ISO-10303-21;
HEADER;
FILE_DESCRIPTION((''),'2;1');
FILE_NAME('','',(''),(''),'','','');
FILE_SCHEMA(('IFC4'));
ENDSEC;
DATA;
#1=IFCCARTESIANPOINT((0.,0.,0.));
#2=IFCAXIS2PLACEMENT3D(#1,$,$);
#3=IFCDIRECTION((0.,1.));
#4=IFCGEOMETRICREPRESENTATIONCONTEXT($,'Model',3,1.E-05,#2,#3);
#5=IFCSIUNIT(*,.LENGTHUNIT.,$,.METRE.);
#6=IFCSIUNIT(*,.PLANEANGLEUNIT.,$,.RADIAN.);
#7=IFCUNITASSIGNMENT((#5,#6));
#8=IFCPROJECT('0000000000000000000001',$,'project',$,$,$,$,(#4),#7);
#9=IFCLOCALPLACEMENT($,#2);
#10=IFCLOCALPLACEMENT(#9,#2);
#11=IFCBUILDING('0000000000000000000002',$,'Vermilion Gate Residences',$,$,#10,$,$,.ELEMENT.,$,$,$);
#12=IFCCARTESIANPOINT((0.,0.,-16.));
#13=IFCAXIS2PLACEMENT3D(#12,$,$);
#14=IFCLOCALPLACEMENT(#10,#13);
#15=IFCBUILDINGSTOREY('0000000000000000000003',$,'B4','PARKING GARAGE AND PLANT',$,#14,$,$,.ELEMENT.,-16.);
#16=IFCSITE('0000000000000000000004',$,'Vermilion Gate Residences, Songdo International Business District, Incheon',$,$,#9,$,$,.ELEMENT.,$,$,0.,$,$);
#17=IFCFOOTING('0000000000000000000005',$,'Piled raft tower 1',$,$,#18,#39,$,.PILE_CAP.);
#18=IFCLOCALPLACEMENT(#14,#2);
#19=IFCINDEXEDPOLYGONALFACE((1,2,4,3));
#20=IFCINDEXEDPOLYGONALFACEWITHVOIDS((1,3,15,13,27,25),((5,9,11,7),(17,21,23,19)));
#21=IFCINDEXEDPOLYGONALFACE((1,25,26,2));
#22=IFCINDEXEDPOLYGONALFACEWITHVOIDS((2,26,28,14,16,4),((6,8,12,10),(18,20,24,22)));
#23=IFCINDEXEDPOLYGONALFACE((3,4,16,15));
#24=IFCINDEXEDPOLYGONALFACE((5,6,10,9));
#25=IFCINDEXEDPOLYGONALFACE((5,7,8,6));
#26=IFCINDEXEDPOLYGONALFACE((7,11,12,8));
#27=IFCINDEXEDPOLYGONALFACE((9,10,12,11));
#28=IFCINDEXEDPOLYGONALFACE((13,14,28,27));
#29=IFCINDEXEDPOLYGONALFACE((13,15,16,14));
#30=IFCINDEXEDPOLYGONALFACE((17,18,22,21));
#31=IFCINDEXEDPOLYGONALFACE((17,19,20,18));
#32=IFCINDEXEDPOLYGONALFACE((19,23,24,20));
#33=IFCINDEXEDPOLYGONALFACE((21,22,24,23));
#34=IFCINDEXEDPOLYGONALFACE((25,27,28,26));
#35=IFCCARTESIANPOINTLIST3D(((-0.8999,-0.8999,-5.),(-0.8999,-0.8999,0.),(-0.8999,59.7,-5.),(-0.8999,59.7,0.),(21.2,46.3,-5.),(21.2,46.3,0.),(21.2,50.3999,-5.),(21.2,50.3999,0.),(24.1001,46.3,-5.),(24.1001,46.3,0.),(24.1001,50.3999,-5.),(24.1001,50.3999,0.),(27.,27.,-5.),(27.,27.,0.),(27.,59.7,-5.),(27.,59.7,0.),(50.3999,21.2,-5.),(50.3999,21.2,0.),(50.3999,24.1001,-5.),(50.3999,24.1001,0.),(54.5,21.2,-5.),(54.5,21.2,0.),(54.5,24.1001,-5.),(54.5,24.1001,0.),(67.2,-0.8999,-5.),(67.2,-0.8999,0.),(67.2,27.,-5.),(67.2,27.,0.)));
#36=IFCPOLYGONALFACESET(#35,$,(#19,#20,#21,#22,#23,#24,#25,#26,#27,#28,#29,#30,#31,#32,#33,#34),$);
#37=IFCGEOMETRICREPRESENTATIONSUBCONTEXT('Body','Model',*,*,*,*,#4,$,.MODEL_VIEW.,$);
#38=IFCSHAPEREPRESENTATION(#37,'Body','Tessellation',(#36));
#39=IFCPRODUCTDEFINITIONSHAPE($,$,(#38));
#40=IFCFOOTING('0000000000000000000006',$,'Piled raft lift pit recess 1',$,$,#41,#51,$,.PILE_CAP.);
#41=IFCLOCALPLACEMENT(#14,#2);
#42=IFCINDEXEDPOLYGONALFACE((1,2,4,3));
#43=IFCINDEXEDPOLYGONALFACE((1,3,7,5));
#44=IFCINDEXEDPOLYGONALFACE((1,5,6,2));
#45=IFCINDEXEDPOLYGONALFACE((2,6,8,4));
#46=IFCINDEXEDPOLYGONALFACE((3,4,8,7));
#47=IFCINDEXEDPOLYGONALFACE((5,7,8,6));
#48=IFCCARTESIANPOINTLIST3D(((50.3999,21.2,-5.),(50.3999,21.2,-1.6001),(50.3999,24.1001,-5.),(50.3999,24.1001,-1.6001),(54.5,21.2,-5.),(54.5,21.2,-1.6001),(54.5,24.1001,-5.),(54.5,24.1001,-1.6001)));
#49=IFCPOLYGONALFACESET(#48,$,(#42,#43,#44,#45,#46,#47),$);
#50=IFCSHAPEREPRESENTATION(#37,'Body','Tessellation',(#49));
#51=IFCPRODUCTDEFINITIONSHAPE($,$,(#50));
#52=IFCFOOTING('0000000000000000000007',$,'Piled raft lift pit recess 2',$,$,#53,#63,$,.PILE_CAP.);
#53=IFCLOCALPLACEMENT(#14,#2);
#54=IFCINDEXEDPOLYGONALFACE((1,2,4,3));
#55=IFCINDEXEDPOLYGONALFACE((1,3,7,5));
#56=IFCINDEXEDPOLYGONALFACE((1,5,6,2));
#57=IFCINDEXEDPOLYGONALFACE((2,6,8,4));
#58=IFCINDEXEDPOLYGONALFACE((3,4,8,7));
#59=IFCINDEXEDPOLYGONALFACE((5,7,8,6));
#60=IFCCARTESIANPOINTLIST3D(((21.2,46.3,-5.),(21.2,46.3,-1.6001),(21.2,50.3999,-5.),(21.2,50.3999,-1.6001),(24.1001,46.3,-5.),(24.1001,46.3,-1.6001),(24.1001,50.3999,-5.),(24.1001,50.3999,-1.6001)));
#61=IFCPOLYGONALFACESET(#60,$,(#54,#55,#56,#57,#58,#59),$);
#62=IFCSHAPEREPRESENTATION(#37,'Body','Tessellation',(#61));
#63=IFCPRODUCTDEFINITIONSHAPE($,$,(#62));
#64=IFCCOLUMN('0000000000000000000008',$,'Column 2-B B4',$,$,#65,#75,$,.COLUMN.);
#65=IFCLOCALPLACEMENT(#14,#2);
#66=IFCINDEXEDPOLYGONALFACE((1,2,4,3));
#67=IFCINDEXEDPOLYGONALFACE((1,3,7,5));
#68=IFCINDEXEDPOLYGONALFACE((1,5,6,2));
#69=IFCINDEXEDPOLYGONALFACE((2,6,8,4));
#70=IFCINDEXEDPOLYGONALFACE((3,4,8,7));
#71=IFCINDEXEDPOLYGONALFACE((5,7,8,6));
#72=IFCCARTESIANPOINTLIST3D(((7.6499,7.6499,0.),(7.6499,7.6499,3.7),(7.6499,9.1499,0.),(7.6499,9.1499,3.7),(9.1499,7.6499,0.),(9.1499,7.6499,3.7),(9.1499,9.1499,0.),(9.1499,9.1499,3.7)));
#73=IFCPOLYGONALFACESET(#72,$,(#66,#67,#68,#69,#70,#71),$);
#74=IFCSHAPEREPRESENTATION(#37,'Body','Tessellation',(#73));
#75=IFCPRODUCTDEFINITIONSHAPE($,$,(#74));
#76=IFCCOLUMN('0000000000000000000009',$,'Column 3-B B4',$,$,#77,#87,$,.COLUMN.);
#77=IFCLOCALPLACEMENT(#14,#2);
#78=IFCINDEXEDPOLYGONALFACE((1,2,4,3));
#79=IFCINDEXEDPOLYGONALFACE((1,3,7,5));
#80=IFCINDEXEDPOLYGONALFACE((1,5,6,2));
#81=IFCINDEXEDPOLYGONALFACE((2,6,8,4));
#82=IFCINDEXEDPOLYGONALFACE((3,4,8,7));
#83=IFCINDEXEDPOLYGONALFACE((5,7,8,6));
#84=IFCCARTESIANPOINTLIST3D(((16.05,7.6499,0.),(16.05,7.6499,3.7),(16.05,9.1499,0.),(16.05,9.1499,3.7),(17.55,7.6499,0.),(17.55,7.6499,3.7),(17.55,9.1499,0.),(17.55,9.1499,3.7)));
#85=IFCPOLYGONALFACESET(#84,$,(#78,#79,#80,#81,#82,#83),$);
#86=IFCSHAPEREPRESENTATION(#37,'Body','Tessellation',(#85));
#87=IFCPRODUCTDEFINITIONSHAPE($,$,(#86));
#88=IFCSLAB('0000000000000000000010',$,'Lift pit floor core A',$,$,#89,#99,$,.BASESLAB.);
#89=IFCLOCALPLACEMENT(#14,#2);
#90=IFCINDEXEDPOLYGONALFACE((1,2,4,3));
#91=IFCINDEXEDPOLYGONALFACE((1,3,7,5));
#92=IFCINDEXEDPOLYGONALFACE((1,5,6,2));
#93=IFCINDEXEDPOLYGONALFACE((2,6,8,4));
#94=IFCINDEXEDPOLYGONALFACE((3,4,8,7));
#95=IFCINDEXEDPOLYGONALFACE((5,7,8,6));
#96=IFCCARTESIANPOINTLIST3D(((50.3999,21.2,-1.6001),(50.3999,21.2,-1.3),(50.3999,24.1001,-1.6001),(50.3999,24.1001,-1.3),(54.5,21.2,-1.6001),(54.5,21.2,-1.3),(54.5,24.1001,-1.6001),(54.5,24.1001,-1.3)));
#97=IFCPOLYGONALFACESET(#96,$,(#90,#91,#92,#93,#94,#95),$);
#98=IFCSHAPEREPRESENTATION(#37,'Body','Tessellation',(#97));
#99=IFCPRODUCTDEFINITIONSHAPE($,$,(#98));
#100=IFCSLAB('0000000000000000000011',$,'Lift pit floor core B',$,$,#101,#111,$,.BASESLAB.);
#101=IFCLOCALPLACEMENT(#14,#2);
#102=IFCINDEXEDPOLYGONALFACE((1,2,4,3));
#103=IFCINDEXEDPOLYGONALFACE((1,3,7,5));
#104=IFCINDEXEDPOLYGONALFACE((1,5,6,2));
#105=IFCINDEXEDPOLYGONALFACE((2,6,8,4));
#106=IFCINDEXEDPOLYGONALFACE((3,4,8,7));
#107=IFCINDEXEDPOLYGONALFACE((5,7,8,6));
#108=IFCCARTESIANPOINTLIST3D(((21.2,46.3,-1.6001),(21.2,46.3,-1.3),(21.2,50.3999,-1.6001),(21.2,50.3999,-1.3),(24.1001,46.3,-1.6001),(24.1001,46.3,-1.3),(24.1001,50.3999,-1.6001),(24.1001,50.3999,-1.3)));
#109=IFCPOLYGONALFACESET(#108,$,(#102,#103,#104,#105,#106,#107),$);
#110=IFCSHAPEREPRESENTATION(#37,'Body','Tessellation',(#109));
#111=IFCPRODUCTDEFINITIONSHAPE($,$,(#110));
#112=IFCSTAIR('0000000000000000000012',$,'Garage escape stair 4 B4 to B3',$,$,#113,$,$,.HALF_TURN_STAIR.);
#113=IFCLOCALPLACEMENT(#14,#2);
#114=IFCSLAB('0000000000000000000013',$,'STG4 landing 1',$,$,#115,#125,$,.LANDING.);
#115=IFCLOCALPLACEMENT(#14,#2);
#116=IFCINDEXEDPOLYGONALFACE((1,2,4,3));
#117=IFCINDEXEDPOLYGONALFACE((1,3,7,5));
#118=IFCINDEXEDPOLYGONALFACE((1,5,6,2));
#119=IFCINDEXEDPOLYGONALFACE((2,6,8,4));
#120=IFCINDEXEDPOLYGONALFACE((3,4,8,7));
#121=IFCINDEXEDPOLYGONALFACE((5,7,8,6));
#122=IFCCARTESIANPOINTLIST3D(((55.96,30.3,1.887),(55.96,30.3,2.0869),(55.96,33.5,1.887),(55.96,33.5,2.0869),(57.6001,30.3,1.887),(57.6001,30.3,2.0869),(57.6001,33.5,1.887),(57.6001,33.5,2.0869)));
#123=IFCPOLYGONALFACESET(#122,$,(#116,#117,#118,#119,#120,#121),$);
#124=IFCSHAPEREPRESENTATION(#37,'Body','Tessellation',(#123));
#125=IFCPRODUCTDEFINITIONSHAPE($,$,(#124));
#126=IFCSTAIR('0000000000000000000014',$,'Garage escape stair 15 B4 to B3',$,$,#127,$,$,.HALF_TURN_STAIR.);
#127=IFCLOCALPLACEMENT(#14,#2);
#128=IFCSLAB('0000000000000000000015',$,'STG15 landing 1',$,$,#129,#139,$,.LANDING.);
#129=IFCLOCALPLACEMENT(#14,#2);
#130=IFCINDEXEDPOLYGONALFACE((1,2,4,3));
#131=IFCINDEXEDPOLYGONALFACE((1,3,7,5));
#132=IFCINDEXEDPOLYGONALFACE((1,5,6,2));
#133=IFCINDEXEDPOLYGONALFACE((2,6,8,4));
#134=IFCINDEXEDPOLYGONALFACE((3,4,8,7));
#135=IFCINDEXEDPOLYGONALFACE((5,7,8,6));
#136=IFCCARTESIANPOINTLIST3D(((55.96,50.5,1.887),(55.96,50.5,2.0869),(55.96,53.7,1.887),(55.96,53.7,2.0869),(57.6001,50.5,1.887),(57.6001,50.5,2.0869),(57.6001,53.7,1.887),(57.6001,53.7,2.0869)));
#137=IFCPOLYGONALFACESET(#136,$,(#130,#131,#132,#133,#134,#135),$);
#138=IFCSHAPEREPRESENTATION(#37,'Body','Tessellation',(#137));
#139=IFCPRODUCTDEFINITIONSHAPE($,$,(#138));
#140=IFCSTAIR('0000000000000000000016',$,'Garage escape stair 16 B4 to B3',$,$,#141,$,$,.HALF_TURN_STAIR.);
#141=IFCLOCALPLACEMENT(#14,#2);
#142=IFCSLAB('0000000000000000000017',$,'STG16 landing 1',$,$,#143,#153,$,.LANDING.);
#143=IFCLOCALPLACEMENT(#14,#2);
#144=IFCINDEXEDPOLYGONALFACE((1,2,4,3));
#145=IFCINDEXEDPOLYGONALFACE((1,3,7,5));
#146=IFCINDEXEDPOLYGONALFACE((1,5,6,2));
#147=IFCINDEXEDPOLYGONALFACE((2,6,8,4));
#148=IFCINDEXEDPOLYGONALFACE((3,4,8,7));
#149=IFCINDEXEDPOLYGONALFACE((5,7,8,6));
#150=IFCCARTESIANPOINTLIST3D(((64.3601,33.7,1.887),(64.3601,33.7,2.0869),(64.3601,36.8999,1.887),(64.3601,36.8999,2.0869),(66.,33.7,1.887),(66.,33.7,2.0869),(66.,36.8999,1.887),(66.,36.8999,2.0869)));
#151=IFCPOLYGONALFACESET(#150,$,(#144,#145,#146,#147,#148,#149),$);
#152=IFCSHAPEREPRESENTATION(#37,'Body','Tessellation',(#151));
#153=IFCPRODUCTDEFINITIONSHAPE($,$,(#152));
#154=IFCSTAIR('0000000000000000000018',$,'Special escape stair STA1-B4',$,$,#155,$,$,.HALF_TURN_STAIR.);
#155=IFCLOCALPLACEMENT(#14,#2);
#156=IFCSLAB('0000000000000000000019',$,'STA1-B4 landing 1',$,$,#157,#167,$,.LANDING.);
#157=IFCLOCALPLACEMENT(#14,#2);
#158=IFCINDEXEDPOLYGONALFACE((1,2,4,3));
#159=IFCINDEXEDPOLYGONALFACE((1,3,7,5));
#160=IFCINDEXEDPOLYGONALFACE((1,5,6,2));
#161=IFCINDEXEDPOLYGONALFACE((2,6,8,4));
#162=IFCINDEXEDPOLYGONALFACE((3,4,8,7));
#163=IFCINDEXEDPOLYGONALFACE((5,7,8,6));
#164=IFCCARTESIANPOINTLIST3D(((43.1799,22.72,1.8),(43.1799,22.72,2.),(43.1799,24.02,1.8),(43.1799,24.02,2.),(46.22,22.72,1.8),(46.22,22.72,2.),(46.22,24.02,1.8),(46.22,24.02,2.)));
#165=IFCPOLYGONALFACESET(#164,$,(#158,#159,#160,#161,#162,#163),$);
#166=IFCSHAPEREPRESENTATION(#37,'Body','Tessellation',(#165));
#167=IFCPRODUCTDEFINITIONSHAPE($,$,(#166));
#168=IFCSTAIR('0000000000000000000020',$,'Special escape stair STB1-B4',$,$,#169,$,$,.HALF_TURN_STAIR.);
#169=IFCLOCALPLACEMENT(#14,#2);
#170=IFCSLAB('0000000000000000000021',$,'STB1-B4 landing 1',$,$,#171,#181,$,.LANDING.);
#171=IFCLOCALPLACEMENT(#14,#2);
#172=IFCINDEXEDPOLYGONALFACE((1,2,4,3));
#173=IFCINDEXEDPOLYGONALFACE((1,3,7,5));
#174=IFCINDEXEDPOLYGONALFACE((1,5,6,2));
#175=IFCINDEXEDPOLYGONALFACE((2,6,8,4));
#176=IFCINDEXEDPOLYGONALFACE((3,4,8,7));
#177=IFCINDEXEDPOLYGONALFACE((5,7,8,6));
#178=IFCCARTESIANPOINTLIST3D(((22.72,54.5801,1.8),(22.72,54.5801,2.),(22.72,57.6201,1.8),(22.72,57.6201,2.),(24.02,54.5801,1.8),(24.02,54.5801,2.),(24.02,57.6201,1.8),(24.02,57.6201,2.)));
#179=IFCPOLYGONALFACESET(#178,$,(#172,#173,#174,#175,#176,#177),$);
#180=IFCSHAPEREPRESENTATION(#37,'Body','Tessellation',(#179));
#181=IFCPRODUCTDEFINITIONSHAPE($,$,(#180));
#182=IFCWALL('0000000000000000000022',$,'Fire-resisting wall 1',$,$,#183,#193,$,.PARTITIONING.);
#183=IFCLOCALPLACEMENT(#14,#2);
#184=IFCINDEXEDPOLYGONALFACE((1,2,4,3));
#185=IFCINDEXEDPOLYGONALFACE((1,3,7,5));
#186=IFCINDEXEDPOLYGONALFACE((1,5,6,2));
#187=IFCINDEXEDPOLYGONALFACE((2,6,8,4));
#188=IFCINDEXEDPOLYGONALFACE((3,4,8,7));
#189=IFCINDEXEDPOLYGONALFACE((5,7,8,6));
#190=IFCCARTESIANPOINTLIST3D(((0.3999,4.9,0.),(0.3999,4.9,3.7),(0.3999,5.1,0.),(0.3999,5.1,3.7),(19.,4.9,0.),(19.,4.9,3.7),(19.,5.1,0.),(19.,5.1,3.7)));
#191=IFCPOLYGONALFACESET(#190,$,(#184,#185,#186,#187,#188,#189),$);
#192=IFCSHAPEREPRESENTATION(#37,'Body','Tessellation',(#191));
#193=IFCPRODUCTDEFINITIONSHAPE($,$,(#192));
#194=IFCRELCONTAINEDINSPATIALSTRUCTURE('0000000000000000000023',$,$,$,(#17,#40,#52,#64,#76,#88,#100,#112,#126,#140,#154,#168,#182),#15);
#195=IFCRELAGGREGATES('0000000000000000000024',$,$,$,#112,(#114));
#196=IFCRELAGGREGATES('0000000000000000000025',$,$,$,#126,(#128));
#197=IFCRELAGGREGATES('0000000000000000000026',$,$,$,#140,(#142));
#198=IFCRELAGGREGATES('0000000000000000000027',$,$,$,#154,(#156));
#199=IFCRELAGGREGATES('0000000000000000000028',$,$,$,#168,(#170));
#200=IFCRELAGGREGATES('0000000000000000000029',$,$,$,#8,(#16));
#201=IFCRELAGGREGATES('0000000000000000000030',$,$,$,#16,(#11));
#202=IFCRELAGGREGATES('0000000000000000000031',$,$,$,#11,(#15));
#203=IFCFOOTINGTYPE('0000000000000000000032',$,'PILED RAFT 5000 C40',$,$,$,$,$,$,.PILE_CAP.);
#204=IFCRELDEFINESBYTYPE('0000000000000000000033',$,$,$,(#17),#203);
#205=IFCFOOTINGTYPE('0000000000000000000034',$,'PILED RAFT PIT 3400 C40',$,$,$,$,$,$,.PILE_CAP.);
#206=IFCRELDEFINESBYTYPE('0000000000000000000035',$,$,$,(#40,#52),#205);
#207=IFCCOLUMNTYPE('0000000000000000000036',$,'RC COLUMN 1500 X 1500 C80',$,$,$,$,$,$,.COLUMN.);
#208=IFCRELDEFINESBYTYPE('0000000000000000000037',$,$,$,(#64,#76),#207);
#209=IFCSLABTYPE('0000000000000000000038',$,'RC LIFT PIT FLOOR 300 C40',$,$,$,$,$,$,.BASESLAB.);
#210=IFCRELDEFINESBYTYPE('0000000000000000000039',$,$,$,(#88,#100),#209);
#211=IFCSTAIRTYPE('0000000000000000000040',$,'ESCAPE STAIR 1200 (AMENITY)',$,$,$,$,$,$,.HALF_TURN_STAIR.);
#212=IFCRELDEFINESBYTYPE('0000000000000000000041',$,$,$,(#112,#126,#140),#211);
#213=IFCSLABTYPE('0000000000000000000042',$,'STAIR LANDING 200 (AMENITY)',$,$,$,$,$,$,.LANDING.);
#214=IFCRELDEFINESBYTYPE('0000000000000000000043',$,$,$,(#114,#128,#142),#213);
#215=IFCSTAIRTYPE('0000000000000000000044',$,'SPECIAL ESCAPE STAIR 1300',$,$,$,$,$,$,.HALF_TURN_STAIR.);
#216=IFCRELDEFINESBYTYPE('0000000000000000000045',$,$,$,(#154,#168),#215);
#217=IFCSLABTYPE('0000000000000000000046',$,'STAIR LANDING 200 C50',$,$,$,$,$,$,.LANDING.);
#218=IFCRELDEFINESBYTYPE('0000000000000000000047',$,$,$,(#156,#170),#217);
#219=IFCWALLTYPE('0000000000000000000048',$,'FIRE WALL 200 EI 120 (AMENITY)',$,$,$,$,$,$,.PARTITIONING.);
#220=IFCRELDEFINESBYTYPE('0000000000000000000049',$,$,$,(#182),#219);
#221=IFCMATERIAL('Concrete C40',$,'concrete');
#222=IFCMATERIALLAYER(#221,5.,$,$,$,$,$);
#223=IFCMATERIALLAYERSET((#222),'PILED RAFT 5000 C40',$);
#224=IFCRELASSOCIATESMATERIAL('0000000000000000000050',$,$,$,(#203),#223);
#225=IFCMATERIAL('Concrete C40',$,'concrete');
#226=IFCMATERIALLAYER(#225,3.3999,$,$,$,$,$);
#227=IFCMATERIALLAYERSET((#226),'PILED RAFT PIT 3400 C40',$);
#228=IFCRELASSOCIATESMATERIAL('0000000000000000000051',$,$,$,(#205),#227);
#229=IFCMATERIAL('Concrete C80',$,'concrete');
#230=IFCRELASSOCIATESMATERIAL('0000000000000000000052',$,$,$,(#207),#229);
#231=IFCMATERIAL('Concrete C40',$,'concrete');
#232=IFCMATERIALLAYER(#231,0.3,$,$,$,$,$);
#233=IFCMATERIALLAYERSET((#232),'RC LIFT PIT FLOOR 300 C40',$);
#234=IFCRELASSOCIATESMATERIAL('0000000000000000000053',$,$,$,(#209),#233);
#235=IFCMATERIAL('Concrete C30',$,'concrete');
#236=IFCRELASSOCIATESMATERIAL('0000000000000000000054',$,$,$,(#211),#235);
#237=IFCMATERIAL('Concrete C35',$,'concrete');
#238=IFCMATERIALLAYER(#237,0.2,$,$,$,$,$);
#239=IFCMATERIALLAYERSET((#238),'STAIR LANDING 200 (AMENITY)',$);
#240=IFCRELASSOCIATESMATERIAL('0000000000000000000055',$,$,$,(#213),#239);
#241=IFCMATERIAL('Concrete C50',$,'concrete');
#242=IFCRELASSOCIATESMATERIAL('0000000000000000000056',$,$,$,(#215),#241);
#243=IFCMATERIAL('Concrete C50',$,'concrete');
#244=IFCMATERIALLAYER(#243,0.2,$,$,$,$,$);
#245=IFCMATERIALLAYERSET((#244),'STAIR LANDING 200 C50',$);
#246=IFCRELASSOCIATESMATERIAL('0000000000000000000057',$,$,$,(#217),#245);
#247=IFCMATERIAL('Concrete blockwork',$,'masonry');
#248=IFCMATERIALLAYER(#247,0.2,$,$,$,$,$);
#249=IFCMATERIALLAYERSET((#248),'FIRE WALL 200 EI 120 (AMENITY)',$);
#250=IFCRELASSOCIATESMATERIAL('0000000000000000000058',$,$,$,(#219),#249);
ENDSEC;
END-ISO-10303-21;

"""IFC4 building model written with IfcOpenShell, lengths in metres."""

from ifc_helpers import new_model, si_unit, direction, frame, frame_2d, origin, origin_2d, place, context, subcontext, project, spatial, polyline, rectangle, outline, extrude, material, layer, layer_set, material_profile, profile_set, type_object, element, aggregate, save


model = new_model("IFC4")

# Units and contexts
model_context = context("Model", 3, precision=1e-05, world=origin(), true_north=direction((0.0, 1.0)))
body_context = subcontext(model_context, "Body", "Model", "MODEL_VIEW")
ifc_project = project(units=[si_unit("LENGTHUNIT", "METRE"), si_unit("PLANEANGLEUNIT", "RADIAN")], contexts=[model_context])

# Site, building, storey
site_placement = place(None, origin())
site = spatial("IfcSite", under=ifc_project, at=site_placement, Name="Vermilion Gate Residences, Songdo International Business District, Incheon", CompositionType="ELEMENT", RefElevation=0.0)
building_placement = place(site_placement, origin())
building = spatial("IfcBuilding", under=site, at=building_placement, Name="Vermilion Gate Residences", CompositionType="ELEMENT")
storey_placement = place(building_placement, frame((0.0, 0.0, -16.0)))
storey = spatial("IfcBuildingStorey", under=building, at=storey_placement, Name="B4", Description="PARKING GARAGE AND PLANT", CompositionType="ELEMENT", Elevation=-16.0)

# Footings
ifc_material_1 = material(Name="Concrete C40", Category="concrete")
ifc_layer_1 = layer(ifc_material_1, 5.0)
ifc_layer_set_1 = layer_set([ifc_layer_1], Name="PILED RAFT 5000 C40")
footing_type_1 = type_object("IfcFootingType", Name="PILED RAFT 5000 C40", PredefinedType="PILE_CAP", material=ifc_layer_set_1)
footing_1_placement = place(storey_placement, frame((0.0, 0.0, -5.0)))
element("IfcFooting", 1, at=footing_1_placement, inside=storey, type_object=footing_type_1, Name="Piled raft tower 1", PredefinedType="PILE_CAP", context=body_context, shape_type="SweptSolid", body=[
    extrude(outline(polyline([(67.2, 27.0), (27.0, 27.0), (27.0, 59.7), (-0.8999, 59.7), (-0.8999, -0.8999), (67.2, -0.8999), (67.2, 27.0)]), holes=[polyline([(54.5, 21.2), (50.3999, 21.2), (50.3999, 24.1001), (54.5, 24.1001), (54.5, 21.2)]), polyline([(24.1001, 46.3), (21.2, 46.3), (21.2, 50.3999), (24.1001, 50.3999), (24.1001, 46.3)])]), origin(), (0.0, 0.0, 1.0), 5.0),
])
ifc_material_2 = material(Name="Concrete C40", Category="concrete")
ifc_layer_2 = layer(ifc_material_2, 3.3999)
ifc_layer_set_2 = layer_set([ifc_layer_2], Name="PILED RAFT PIT 3400 C40")
footing_type_2 = type_object("IfcFootingType", Name="PILED RAFT PIT 3400 C40", PredefinedType="PILE_CAP", material=ifc_layer_set_2)
footing_2_placement = place(storey_placement, frame((0.0, 0.0, -5.0)))
element("IfcFooting", 2, at=footing_2_placement, inside=storey, type_object=footing_type_2, Name="Piled raft lift pit recess 1", PredefinedType="PILE_CAP", context=body_context, shape_type="SweptSolid", body=[
    extrude(outline(polyline([(54.5, 21.2), (54.5, 24.1001), (50.3999, 24.1001), (50.3999, 21.2), (54.5, 21.2)])), origin(), (0.0, 0.0, 1.0), 3.3999),
])
footing_3_placement = place(storey_placement, frame((0.0, 0.0, -5.0)))
element("IfcFooting", 3, at=footing_3_placement, inside=storey, type_object=footing_type_2, Name="Piled raft lift pit recess 2", PredefinedType="PILE_CAP", context=body_context, shape_type="SweptSolid", body=[
    extrude(outline(polyline([(24.1001, 46.3), (24.1001, 50.3999), (21.2, 50.3999), (21.2, 46.3), (24.1001, 46.3)])), origin(), (0.0, 0.0, 1.0), 3.3999),
])

# Columns
ifc_material_3 = material(Name="Concrete C80", Category="concrete")
ifc_material_profile_1 = material_profile(ifc_material_3, rectangle(XDim=1.5, YDim=1.5, at=origin_2d()), Name="RC-1500x1500")
ifc_profile_set_1 = profile_set([ifc_material_profile_1], Name="Concrete C80")
column_type = type_object("IfcColumnType", Name="RC COLUMN 1500 X 1500 C80", PredefinedType="COLUMN", material=ifc_profile_set_1)
for number, where, z_axis, x_axis, name in (
    (4, (8.3999, 8.3999, 0.0), (0.0, 0.0, 1.0), (1.0, 0.0, 0.0), "Column 2-B B4"),
    (5, (16.8, 8.3999, 0.0), (0.0, 0.0, 1.0), (1.0, 0.0, 0.0), "Column 3-B B4"),
):
    element("IfcColumn", number, at=place(storey_placement, frame(where, z_axis=z_axis, x_axis=x_axis)), inside=storey, type_object=column_type, Name=name, PredefinedType="COLUMN", context=body_context, shape_type="SweptSolid", body=[
        extrude(rectangle(XDim=1.5, YDim=1.5, at=origin_2d()), origin(), (0.0, 0.0, 1.0), 3.7),
    ])

# Slabs
ifc_material_4 = material(Name="Concrete C40", Category="concrete")
ifc_layer_3 = layer(ifc_material_4, 0.3)
ifc_layer_set_3 = layer_set([ifc_layer_3], Name="RC LIFT PIT FLOOR 300 C40")
slab_type_1 = type_object("IfcSlabType", Name="RC LIFT PIT FLOOR 300 C40", PredefinedType="BASESLAB", material=ifc_layer_set_3)
slab_1_placement = place(storey_placement, frame((0.0, 0.0, -1.6001)))
element("IfcSlab", 6, at=slab_1_placement, inside=storey, type_object=slab_type_1, Name="Lift pit floor core A", PredefinedType="BASESLAB", context=body_context, shape_type="SweptSolid", body=[
    extrude(outline(polyline([(54.5, 21.2), (54.5, 24.1001), (50.3999, 24.1001), (50.3999, 21.2), (54.5, 21.2)])), origin(), (0.0, 0.0, 1.0), 0.3),
])
slab_2_placement = place(storey_placement, frame((0.0, 0.0, -1.6001)))
element("IfcSlab", 7, at=slab_2_placement, inside=storey, type_object=slab_type_1, Name="Lift pit floor core B", PredefinedType="BASESLAB", context=body_context, shape_type="SweptSolid", body=[
    extrude(outline(polyline([(24.1001, 46.3), (24.1001, 50.3999), (21.2, 50.3999), (21.2, 46.3), (24.1001, 46.3)])), origin(), (0.0, 0.0, 1.0), 0.3),
])

# Stairs, slabs
ifc_material_5 = material(Name="Concrete C30", Category="concrete")
stair_type_1 = type_object("IfcStairType", Name="ESCAPE STAIR 1200 (AMENITY)", PredefinedType="HALF_TURN_STAIR", material=ifc_material_5)
stair_1_placement = place(storey_placement, origin())
stair_1 = element("IfcStair", 8, at=stair_1_placement, inside=storey, type_object=stair_type_1, Name="Garage escape stair 4 B4 to B3", PredefinedType="HALF_TURN_STAIR")
ifc_material_6 = material(Name="Concrete C35", Category="concrete")
ifc_layer_4 = layer(ifc_material_6, 0.2)
ifc_layer_set_4 = layer_set([ifc_layer_4], Name="STAIR LANDING 200 (AMENITY)")
slab_type_2 = type_object("IfcSlabType", Name="STAIR LANDING 200 (AMENITY)", PredefinedType="LANDING", material=ifc_layer_set_4)
slab_3_placement = place(storey_placement, frame((0.0, 0.0, 1.887)))
slab_3 = element("IfcSlab", 9, at=slab_3_placement, type_object=slab_type_2, Name="STG4 landing 1", PredefinedType="LANDING", context=body_context, shape_type="SweptSolid", body=[
    extrude(outline(polyline([(55.96, 30.3), (57.6001, 30.3), (57.6001, 33.5), (55.96, 33.5), (55.96, 30.3)])), origin(), (0.0, 0.0, 1.0), 0.2),
])
aggregate(stair_1, [slab_3])
stair_2_placement = place(storey_placement, origin())
stair_2 = element("IfcStair", 10, at=stair_2_placement, inside=storey, type_object=stair_type_1, Name="Garage escape stair 15 B4 to B3", PredefinedType="HALF_TURN_STAIR")
slab_4_placement = place(storey_placement, frame((0.0, 0.0, 1.887)))
slab_4 = element("IfcSlab", 11, at=slab_4_placement, type_object=slab_type_2, Name="STG15 landing 1", PredefinedType="LANDING", context=body_context, shape_type="SweptSolid", body=[
    extrude(outline(polyline([(55.96, 50.5), (57.6001, 50.5), (57.6001, 53.7), (55.96, 53.7), (55.96, 50.5)])), origin(), (0.0, 0.0, 1.0), 0.2),
])
aggregate(stair_2, [slab_4])
stair_3_placement = place(storey_placement, origin())
stair_3 = element("IfcStair", 12, at=stair_3_placement, inside=storey, type_object=stair_type_1, Name="Garage escape stair 16 B4 to B3", PredefinedType="HALF_TURN_STAIR")
slab_5_placement = place(storey_placement, frame((0.0, 0.0, 1.887)))
slab_5 = element("IfcSlab", 13, at=slab_5_placement, type_object=slab_type_2, Name="STG16 landing 1", PredefinedType="LANDING", context=body_context, shape_type="SweptSolid", body=[
    extrude(outline(polyline([(64.3601, 33.7), (66.0, 33.7), (66.0, 36.8999), (64.3601, 36.8999), (64.3601, 33.7)])), origin(), (0.0, 0.0, 1.0), 0.2),
])
aggregate(stair_3, [slab_5])
ifc_material_7 = material(Name="Concrete C50", Category="concrete")
stair_type_2 = type_object("IfcStairType", Name="SPECIAL ESCAPE STAIR 1300", PredefinedType="HALF_TURN_STAIR", material=ifc_material_7)
stair_4_placement = place(storey_placement, origin())
stair_4 = element("IfcStair", 14, at=stair_4_placement, inside=storey, type_object=stair_type_2, Name="Special escape stair STA1-B4", PredefinedType="HALF_TURN_STAIR")
ifc_material_8 = material(Name="Concrete C50", Category="concrete")
ifc_layer_5 = layer(ifc_material_8, 0.2)
ifc_layer_set_5 = layer_set([ifc_layer_5], Name="STAIR LANDING 200 C50")
slab_type_3 = type_object("IfcSlabType", Name="STAIR LANDING 200 C50", PredefinedType="LANDING", material=ifc_layer_set_5)
slab_6_placement = place(storey_placement, frame((0.0, 0.0, 1.8)))
slab_6 = element("IfcSlab", 15, at=slab_6_placement, type_object=slab_type_3, Name="STA1-B4 landing 1", PredefinedType="LANDING", context=body_context, shape_type="SweptSolid", body=[
    extrude(outline(polyline([(46.22, 22.72), (46.22, 24.02), (43.1799, 24.02), (43.1799, 22.72), (46.22, 22.72)])), origin(), (0.0, 0.0, 1.0), 0.2),
])
aggregate(stair_4, [slab_6])
stair_5_placement = place(storey_placement, origin())
stair_5 = element("IfcStair", 16, at=stair_5_placement, inside=storey, type_object=stair_type_2, Name="Special escape stair STB1-B4", PredefinedType="HALF_TURN_STAIR")
slab_7_placement = place(storey_placement, frame((0.0, 0.0, 1.8)))
slab_7 = element("IfcSlab", 17, at=slab_7_placement, type_object=slab_type_3, Name="STB1-B4 landing 1", PredefinedType="LANDING", context=body_context, shape_type="SweptSolid", body=[
    extrude(outline(polyline([(24.02, 54.5801), (24.02, 57.6201), (22.72, 57.6201), (22.72, 54.5801), (24.02, 54.5801)])), origin(), (0.0, 0.0, 1.0), 0.2),
])
aggregate(stair_5, [slab_7])

# Wall
ifc_material_9 = material(Name="Concrete blockwork", Category="masonry")
ifc_layer_6 = layer(ifc_material_9, 0.2)
ifc_layer_set_6 = layer_set([ifc_layer_6], Name="FIRE WALL 200 EI 120 (AMENITY)")
wall_type_1 = type_object("IfcWallType", Name="FIRE WALL 200 EI 120 (AMENITY)", PredefinedType="PARTITIONING", material=ifc_layer_set_6)
wall_1_placement = place(storey_placement, frame((0.3999, 5.0, 0.0), z_axis=(0.0, 0.0, 1.0), x_axis=(1.0, 0.0, 0.0)))
element("IfcWall", 18, at=wall_1_placement, inside=storey, type_object=wall_type_1, Name="Fire-resisting wall 1", PredefinedType="PARTITIONING", context=body_context, shape_type="SweptSolid", body=[
    extrude(rectangle(XDim=18.6001, YDim=0.2, at=frame_2d((9.3, 0.0))), origin(), (0.0, 0.0, 1.0), 3.7),
])

save(model, "model.ifc")
